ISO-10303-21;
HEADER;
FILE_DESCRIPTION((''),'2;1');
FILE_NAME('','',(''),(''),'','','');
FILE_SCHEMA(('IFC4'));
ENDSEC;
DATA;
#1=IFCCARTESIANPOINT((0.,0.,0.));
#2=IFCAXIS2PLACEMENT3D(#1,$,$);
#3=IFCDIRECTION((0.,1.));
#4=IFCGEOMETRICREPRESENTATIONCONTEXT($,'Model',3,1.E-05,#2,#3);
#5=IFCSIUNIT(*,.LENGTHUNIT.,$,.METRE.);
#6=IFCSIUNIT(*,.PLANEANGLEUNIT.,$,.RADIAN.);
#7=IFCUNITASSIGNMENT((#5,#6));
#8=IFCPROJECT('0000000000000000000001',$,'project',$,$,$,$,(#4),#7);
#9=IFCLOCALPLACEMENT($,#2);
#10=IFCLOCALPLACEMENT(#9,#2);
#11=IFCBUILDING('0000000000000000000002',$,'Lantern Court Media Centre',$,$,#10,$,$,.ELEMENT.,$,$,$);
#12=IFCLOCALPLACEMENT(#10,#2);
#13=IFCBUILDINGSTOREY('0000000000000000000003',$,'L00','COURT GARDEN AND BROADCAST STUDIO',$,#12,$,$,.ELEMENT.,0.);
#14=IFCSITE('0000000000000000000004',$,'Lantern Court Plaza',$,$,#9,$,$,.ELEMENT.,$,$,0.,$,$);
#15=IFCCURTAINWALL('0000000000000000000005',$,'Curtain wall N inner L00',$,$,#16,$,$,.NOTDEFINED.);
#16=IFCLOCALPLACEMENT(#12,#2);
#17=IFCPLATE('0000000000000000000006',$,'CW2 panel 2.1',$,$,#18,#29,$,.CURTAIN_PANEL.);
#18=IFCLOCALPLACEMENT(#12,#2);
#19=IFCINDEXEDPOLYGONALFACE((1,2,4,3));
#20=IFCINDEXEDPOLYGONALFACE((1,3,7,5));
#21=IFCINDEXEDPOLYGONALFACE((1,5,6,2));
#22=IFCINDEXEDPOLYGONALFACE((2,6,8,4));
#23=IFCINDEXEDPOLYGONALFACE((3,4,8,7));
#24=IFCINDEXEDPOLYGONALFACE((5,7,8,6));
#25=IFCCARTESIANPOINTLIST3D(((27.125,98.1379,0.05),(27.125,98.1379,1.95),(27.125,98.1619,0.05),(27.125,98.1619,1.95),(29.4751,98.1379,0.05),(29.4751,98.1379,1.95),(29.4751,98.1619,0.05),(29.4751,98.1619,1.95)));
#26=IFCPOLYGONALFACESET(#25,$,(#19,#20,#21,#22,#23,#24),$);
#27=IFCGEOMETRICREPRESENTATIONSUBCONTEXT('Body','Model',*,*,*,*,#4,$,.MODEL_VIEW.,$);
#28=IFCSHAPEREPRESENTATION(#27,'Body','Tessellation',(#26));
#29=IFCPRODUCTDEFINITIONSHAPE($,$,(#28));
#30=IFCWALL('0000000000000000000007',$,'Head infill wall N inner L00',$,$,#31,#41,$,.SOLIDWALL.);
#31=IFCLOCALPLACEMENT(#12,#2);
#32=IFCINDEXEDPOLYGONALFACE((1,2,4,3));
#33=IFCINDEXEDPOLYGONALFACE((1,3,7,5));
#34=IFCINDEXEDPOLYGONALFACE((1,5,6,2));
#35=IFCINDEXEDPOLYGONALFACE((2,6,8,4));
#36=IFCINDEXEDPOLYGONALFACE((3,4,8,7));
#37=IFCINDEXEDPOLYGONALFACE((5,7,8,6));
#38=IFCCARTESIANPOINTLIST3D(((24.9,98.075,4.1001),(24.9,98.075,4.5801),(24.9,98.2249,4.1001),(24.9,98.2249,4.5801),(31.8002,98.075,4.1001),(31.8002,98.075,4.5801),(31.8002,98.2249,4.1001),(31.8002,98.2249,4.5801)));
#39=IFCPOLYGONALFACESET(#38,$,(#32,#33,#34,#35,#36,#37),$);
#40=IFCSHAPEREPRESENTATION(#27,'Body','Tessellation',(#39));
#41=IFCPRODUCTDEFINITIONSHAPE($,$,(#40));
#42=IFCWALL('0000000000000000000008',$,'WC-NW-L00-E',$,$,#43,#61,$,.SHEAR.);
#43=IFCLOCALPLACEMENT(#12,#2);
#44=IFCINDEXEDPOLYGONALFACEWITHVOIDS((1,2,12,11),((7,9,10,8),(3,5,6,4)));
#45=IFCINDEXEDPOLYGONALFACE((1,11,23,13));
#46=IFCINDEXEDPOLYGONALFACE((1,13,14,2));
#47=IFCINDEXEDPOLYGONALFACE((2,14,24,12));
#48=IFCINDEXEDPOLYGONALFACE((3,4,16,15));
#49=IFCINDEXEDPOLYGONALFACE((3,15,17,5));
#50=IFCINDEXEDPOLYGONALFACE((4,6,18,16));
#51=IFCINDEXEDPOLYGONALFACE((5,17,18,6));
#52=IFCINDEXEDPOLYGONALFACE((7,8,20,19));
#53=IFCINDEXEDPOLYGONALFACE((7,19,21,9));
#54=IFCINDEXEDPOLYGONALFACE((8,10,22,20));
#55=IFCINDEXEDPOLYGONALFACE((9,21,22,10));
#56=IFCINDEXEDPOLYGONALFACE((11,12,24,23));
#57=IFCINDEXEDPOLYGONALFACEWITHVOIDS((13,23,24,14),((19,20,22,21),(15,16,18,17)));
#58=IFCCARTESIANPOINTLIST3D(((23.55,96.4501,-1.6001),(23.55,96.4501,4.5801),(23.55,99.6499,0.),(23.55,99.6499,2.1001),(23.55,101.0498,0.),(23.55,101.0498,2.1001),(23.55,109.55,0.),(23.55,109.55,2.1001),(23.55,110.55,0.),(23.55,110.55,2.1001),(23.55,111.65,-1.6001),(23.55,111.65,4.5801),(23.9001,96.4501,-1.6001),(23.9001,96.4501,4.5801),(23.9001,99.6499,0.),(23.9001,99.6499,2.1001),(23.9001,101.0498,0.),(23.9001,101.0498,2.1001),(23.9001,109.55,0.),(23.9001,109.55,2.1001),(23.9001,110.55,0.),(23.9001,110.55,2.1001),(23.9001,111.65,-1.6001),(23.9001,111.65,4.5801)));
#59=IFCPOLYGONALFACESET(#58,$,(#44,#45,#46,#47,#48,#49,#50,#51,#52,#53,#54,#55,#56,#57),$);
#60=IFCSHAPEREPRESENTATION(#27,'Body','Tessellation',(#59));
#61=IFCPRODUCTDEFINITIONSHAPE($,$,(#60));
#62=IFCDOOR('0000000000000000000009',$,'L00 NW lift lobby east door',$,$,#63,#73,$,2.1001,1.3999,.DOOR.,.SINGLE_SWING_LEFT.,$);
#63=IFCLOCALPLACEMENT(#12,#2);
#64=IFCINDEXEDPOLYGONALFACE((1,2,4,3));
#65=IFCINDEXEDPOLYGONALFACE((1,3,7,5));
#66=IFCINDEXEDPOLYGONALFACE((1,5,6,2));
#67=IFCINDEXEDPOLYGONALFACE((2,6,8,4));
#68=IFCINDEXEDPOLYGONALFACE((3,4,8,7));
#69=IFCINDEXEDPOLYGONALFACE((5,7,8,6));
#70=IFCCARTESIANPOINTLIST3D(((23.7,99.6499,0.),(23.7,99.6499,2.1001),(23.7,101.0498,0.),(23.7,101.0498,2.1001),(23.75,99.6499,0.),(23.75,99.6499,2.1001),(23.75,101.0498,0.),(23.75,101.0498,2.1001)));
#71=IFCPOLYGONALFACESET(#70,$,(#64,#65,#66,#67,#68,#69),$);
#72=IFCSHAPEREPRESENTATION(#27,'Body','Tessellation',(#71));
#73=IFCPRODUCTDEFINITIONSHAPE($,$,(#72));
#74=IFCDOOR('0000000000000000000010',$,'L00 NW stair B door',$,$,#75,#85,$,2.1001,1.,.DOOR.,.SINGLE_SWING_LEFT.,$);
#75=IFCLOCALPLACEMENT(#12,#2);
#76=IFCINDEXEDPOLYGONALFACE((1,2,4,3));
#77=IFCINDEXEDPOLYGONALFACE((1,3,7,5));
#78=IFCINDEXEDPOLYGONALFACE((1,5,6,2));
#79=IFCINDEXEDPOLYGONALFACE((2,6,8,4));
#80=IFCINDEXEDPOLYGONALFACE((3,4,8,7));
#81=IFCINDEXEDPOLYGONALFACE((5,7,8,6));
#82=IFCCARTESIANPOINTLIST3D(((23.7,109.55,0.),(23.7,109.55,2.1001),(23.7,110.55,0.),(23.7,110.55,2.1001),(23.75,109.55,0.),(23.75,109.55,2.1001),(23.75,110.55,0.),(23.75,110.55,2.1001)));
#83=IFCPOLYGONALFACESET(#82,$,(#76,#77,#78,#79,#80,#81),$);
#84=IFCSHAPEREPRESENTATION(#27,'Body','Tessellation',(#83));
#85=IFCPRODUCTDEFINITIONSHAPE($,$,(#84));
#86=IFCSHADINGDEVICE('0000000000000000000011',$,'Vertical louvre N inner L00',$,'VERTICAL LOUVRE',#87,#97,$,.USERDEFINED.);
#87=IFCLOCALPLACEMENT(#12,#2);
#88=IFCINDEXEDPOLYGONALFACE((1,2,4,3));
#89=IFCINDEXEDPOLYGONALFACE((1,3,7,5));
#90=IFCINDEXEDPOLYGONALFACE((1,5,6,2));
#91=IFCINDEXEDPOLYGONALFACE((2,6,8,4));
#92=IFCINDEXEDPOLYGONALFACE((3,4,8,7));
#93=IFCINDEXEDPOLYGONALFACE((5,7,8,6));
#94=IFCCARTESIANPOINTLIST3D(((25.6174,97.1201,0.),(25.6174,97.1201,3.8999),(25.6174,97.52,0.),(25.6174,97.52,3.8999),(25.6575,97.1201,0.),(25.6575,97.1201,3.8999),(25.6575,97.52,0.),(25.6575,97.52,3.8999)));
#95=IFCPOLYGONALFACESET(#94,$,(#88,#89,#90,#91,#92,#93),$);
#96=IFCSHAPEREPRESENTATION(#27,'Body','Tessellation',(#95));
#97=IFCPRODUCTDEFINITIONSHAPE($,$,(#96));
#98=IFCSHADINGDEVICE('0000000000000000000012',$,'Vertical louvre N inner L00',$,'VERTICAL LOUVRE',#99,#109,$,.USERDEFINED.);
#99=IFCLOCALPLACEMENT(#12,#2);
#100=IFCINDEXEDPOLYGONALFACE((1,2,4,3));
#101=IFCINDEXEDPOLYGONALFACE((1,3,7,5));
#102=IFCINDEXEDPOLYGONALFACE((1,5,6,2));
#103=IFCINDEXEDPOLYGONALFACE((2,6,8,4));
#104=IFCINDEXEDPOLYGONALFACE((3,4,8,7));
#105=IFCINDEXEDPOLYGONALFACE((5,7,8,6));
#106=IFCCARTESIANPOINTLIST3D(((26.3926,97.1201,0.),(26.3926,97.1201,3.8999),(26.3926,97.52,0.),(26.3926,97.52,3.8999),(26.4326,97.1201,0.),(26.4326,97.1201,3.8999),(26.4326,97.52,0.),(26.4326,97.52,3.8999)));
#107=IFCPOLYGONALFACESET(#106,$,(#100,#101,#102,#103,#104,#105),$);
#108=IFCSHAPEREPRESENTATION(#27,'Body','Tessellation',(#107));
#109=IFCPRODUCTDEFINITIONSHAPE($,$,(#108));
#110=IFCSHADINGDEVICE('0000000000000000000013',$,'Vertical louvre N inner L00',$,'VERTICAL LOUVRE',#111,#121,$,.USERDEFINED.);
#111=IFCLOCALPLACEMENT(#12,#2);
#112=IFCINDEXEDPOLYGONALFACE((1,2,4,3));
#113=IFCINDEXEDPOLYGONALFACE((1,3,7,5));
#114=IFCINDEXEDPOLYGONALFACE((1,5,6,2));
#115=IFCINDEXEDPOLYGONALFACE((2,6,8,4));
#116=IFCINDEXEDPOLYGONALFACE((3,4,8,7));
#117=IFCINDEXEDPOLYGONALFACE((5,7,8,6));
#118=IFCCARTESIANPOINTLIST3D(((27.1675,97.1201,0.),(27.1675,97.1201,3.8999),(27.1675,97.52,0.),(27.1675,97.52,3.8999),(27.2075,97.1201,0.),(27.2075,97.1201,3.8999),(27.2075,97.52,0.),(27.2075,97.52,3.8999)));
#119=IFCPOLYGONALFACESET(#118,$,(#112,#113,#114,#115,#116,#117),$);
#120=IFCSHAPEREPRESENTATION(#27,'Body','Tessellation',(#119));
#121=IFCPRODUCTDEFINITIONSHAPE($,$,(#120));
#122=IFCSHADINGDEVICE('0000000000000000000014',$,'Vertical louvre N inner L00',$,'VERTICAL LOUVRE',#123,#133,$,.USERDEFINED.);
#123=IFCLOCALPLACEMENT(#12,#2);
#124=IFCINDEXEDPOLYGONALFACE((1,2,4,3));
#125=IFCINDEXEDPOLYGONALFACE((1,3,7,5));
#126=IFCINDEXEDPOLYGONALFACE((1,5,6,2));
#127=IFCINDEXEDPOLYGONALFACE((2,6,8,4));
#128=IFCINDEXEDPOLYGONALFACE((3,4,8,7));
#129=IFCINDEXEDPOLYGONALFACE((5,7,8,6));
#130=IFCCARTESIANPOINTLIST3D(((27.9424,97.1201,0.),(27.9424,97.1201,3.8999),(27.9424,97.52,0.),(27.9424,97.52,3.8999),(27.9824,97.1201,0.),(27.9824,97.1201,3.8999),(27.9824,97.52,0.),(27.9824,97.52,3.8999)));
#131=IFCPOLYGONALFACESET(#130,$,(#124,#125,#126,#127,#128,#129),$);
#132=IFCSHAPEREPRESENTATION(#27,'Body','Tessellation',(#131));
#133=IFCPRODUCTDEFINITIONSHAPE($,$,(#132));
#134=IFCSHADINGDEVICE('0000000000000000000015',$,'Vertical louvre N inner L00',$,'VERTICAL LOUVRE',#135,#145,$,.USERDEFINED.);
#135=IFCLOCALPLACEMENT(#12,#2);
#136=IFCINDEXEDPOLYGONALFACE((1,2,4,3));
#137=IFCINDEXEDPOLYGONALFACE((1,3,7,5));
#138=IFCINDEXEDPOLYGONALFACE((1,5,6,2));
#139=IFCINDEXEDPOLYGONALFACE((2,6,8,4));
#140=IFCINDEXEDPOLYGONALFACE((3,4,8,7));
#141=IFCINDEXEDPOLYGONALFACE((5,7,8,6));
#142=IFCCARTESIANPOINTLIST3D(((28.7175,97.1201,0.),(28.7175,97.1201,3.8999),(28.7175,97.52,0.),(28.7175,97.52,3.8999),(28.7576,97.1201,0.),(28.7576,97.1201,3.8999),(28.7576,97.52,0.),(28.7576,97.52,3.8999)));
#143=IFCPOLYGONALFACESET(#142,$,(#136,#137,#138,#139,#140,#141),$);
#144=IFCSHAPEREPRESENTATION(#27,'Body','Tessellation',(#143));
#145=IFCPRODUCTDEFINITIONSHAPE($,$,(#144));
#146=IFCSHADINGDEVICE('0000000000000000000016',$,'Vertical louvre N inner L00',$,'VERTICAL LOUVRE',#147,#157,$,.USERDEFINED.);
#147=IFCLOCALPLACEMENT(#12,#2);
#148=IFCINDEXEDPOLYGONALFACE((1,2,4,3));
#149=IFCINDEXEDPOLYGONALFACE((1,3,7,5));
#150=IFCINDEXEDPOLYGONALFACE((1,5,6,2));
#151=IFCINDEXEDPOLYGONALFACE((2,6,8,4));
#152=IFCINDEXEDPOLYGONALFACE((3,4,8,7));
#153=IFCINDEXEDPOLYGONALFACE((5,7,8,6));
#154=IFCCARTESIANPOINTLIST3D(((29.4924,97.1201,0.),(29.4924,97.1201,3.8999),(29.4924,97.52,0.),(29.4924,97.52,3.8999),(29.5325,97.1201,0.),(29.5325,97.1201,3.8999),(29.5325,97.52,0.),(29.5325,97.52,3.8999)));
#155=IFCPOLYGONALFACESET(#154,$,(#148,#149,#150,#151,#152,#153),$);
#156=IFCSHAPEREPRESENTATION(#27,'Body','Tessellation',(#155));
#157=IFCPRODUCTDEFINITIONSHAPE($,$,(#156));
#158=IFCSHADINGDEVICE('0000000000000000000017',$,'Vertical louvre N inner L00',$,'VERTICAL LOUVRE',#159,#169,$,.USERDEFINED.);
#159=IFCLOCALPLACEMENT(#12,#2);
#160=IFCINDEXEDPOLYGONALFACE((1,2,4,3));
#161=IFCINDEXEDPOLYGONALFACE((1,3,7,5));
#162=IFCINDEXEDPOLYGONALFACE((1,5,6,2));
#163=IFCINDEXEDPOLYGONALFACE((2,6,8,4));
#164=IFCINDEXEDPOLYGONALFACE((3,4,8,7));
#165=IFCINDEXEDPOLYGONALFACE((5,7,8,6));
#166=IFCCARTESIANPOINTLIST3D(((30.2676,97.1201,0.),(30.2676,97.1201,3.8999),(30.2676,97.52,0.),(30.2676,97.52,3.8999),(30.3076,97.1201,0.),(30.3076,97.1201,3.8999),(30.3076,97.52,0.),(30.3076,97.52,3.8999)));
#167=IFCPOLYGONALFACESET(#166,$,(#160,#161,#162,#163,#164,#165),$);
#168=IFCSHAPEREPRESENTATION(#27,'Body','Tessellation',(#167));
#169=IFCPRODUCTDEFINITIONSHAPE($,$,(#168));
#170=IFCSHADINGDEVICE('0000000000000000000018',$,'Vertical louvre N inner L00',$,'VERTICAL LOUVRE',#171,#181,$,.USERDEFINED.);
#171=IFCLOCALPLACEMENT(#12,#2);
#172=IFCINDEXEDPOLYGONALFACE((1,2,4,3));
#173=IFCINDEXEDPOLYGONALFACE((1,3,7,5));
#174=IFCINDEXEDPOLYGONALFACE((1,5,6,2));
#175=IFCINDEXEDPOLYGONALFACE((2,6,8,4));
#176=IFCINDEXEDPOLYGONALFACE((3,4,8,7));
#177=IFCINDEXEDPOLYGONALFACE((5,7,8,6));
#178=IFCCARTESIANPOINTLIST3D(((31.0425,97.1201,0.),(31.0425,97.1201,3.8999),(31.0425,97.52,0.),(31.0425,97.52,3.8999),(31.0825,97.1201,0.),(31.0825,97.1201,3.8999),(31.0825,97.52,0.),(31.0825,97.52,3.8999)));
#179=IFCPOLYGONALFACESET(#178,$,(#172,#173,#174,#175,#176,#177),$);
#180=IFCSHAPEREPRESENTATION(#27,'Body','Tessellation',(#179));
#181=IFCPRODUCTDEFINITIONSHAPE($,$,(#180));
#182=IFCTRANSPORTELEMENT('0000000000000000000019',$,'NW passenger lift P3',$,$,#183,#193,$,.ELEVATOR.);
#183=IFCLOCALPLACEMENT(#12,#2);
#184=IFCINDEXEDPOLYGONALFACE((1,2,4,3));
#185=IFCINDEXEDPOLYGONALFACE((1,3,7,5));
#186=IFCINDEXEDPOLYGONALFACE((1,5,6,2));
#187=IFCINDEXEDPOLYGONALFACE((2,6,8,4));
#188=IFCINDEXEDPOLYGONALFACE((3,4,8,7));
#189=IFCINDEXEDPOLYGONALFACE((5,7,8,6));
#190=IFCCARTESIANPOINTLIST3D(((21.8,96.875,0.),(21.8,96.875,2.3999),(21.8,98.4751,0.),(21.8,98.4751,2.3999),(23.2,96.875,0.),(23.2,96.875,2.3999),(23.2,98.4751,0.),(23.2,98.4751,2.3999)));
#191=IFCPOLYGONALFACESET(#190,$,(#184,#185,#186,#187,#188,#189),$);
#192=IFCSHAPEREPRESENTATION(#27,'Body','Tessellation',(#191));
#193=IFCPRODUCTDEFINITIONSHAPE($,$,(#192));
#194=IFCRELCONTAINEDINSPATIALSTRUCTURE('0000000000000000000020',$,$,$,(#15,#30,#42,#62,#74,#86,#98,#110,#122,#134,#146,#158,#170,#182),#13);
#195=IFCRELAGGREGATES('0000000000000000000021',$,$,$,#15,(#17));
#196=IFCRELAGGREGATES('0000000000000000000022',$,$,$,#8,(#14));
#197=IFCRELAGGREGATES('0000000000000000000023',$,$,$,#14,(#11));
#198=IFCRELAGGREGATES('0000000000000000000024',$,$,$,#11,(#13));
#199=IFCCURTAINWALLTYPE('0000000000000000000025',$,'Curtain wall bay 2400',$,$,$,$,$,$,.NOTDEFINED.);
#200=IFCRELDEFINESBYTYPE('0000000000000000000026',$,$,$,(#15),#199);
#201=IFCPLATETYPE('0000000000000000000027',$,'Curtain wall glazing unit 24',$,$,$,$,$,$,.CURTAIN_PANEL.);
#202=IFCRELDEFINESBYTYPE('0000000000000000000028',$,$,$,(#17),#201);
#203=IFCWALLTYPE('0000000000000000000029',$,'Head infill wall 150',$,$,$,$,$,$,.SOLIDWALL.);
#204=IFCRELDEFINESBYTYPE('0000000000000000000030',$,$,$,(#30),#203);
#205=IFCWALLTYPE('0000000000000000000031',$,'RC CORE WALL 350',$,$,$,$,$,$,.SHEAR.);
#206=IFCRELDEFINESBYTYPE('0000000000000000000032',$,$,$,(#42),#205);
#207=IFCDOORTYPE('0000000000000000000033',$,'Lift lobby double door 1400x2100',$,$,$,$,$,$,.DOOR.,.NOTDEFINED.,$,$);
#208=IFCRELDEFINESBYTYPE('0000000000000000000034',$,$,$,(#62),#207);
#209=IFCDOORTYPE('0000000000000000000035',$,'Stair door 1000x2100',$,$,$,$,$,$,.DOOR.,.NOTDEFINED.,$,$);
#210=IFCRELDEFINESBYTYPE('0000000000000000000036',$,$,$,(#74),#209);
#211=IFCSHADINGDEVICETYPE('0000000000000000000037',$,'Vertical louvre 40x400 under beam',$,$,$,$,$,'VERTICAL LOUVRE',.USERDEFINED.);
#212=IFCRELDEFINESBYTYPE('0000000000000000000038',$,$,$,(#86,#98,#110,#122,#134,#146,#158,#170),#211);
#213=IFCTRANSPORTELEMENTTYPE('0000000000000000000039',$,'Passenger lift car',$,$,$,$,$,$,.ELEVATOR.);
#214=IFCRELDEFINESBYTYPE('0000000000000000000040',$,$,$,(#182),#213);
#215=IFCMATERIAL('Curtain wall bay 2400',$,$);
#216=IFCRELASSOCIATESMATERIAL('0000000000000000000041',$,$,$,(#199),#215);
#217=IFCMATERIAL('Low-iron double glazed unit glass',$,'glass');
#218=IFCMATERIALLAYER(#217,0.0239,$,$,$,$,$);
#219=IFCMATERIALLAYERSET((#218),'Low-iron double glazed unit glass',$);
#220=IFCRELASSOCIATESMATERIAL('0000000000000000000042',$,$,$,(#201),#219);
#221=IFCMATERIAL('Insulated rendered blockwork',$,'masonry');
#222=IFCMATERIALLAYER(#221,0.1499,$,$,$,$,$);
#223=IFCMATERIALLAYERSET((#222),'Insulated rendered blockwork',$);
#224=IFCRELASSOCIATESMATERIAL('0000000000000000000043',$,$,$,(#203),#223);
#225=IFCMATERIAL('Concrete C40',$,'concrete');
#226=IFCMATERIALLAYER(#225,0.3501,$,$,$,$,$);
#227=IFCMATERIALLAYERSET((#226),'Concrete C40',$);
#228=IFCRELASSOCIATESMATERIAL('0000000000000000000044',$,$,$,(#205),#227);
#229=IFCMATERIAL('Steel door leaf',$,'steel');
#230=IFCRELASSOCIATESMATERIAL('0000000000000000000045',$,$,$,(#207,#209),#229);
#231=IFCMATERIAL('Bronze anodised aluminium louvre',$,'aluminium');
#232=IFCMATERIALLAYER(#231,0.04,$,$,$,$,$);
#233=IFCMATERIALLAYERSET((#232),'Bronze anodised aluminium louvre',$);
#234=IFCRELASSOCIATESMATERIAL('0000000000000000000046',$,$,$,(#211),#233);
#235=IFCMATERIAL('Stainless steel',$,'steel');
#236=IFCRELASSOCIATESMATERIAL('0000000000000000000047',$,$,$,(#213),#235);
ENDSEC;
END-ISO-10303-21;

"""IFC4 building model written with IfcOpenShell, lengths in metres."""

from ifc_helpers import new_model, si_unit, direction, frame, frame_2d, origin, origin_2d, place, context, subcontext, project, spatial, rectangle, extrude, material, layer, layer_set, type_object, element, fill, aggregate, save


model = new_model("IFC4")

# Units and contexts
model_context = context("Model", 3, precision=1e-05, world=origin(), true_north=direction((0.0, 1.0)))
body_context = subcontext(model_context, "Body", "Model", "MODEL_VIEW")
ifc_project = project(units=[si_unit("LENGTHUNIT", "METRE"), si_unit("PLANEANGLEUNIT", "RADIAN")], contexts=[model_context])

# Site, building, storey
site_placement = place(None, origin())
site = spatial("IfcSite", under=ifc_project, at=site_placement, Name="Lantern Court Plaza", CompositionType="ELEMENT", RefElevation=0.0)
building_placement = place(site_placement, origin())
building = spatial("IfcBuilding", under=site, at=building_placement, Name="Lantern Court Media Centre", CompositionType="ELEMENT")
storey_placement = place(building_placement, origin())
storey = spatial("IfcBuildingStorey", under=building, at=storey_placement, Name="L00", Description="COURT GARDEN AND BROADCAST STUDIO", CompositionType="ELEMENT", Elevation=0.0)

# Curtain wall
ifc_material_1 = material(Name="Curtain wall bay 2400")
curtain_wall_type = type_object("IfcCurtainWallType", Name="Curtain wall bay 2400", PredefinedType="NOTDEFINED", material=ifc_material_1)
curtain_wall_placement = place(storey_placement, origin())
curtain_wall = element("IfcCurtainWall", 1, at=curtain_wall_placement, inside=storey, type_object=curtain_wall_type, Name="Curtain wall N inner L00", PredefinedType="NOTDEFINED")

# Plate
ifc_material_2 = material(Name="Low-iron double glazed unit glass", Category="glass")
ifc_layer_1 = layer(ifc_material_2, 0.0239)
ifc_layer_set_1 = layer_set([ifc_layer_1], Name="Low-iron double glazed unit glass")
plate_type = type_object("IfcPlateType", Name="Curtain wall glazing unit 24", PredefinedType="CURTAIN_PANEL", material=ifc_layer_set_1)
plate_1_placement = place(storey_placement, frame((28.3, 98.1499, 0.05), z_axis=(0.0, 0.0, 1.0), x_axis=(1.0, 0.0, 0.0)))
plate_1 = element("IfcPlate", 2, at=plate_1_placement, type_object=plate_type, Name="CW2 panel 2.1", PredefinedType="CURTAIN_PANEL", context=body_context, shape_type="SweptSolid", body=[
    extrude(rectangle(XDim=2.3501, YDim=0.0239, at=origin_2d()), origin(), (0.0, 0.0, 1.0), 1.8999),
])
aggregate(curtain_wall, [plate_1])

# Wall
ifc_material_3 = material(Name="Insulated rendered blockwork", Category="masonry")
ifc_layer_2 = layer(ifc_material_3, 0.1499)
ifc_layer_set_2 = layer_set([ifc_layer_2], Name="Insulated rendered blockwork")
wall_type_1 = type_object("IfcWallType", Name="Head infill wall 150", PredefinedType="SOLIDWALL", material=ifc_layer_set_2)
wall_1_placement = place(storey_placement, frame((24.8999, 98.1499, 4.1001), z_axis=(0.0, 0.0, 1.0), x_axis=(1.0, 0.0, 0.0)))
element("IfcWall", 3, at=wall_1_placement, inside=storey, type_object=wall_type_1, Name="Head infill wall N inner L00", PredefinedType="SOLIDWALL", context=body_context, shape_type="SweptSolid", body=[
    extrude(rectangle(XDim=6.9001, YDim=0.1499, at=frame_2d((3.4502, 0.0))), origin(), (0.0, 0.0, 1.0), 0.48),
])

# Wall, openings, doors
ifc_material_4 = material(Name="Concrete C40", Category="concrete")
ifc_layer_3 = layer(ifc_material_4, 0.3501)
ifc_layer_set_3 = layer_set([ifc_layer_3], Name="Concrete C40")
wall_type_2 = type_object("IfcWallType", Name="RC CORE WALL 350", PredefinedType="SHEAR", material=ifc_layer_set_3)
wall_2_placement = place(storey_placement, frame((23.7251, 96.45, -1.6001), z_axis=(0.0, 0.0, 1.0), x_axis=(0.0, 1.0, 0.0)))
wall_2 = element("IfcWall", 4, at=wall_2_placement, inside=storey, type_object=wall_type_2, Name="WC-NW-L00-E", PredefinedType="SHEAR", context=body_context, shape_type="SweptSolid", body=[
    extrude(rectangle(XDim=15.2, YDim=0.3501, at=frame_2d((7.6001, 0.0))), origin(), (0.0, 0.0, 1.0), 6.1802),
])
opening_1_placement = place(wall_2_placement, frame((13.1001, 0.0, 1.6001)))
opening_1 = element("IfcOpeningElement", 5, at=opening_1_placement, cuts=wall_2, PredefinedType="OPENING", context=body_context, shape_type="SweptSolid", body=[
    extrude(rectangle(XDim=1.0, YDim=2.1001, at=frame_2d((0.5, 1.05))), frame((0.0, 0.1851, 0.0), z_axis=(0.0, -1.0, 0.0), x_axis=(1.0, 0.0, 0.0)), (0.0, 0.0, 1.0), 0.3701),
])
opening_2_placement = place(wall_2_placement, frame((3.2, 0.0, 1.6001)))
opening_2 = element("IfcOpeningElement", 6, at=opening_2_placement, cuts=wall_2, PredefinedType="OPENING", context=body_context, shape_type="SweptSolid", body=[
    extrude(rectangle(XDim=1.3999, YDim=2.1001, at=frame_2d((0.7, 1.05))), frame((0.0, 0.1851, 0.0), z_axis=(0.0, -1.0, 0.0), x_axis=(1.0, 0.0, 0.0)), (0.0, 0.0, 1.0), 0.3701),
])
ifc_material_5 = material(Name="Steel door leaf", Category="steel")
door_type_1 = type_object("IfcDoorType", Name="Lift lobby double door 1400x2100", OperationType="NOTDEFINED", PredefinedType="DOOR", material=ifc_material_5)
door_1_placement = place(opening_2_placement, frame((1.3999, 0.0, 0.0), z_axis=(0.0, 0.0, 1.0), x_axis=(-1.0, 0.0, 0.0)))
door_1 = element("IfcDoor", 7, at=door_1_placement, inside=storey, type_object=door_type_1, Name="L00 NW lift lobby east door", OperationType="SINGLE_SWING_LEFT", OverallHeight=2.1001, OverallWidth=1.3999, PredefinedType="DOOR", context=body_context, shape_type="SweptSolid", body=[
    extrude(rectangle(XDim=1.3999, YDim=2.1001, at=frame_2d((0.7, 1.05))), frame((0.0, 0.0249, 0.0), z_axis=(0.0, -1.0, 0.0), x_axis=(1.0, 0.0, 0.0)), (0.0, 0.0, 1.0), 0.05),
])
fill(opening_2, door_1)
door_type_2 = type_object("IfcDoorType", Name="Stair door 1000x2100", OperationType="NOTDEFINED", PredefinedType="DOOR", material=ifc_material_5)
door_2_placement = place(opening_1_placement, frame((1.0, 0.0, 0.0), z_axis=(0.0, 0.0, 1.0), x_axis=(-1.0, 0.0, 0.0)))
door_2 = element("IfcDoor", 8, at=door_2_placement, inside=storey, type_object=door_type_2, Name="L00 NW stair B door", OperationType="SINGLE_SWING_LEFT", OverallHeight=2.1001, OverallWidth=1.0, PredefinedType="DOOR", context=body_context, shape_type="SweptSolid", body=[
    extrude(rectangle(XDim=1.0, YDim=2.1001, at=frame_2d((0.5, 1.05))), frame((0.0, 0.0249, 0.0), z_axis=(0.0, -1.0, 0.0), x_axis=(1.0, 0.0, 0.0)), (0.0, 0.0, 1.0), 0.05),
])
fill(opening_1, door_2)

# Shading devices
ifc_material_6 = material(Name="Bronze anodised aluminium louvre", Category="aluminium")
ifc_layer_4 = layer(ifc_material_6, 0.04)
ifc_layer_set_4 = layer_set([ifc_layer_4], Name="Bronze anodised aluminium louvre")
shading_device_type = type_object("IfcShadingDeviceType", Name="Vertical louvre 40x400 under beam", ElementType="VERTICAL LOUVRE", PredefinedType="USERDEFINED", material=ifc_layer_set_4)
for number, where, z_axis, x_axis, name in (
    (9, (25.6375, 97.3201, 0.0), (0.0, 0.0, 1.0), (1.0, 0.0, 0.0), "Vertical louvre N inner L00"),
    (10, (26.4126, 97.3201, 0.0), (0.0, 0.0, 1.0), (1.0, 0.0, 0.0), "Vertical louvre N inner L00"),
    (11, (27.1875, 97.3201, 0.0), (0.0, 0.0, 1.0), (1.0, 0.0, 0.0), "Vertical louvre N inner L00"),
    (12, (27.9624, 97.3201, 0.0), (0.0, 0.0, 1.0), (1.0, 0.0, 0.0), "Vertical louvre N inner L00"),
    (13, (28.7375, 97.3201, 0.0), (0.0, 0.0, 1.0), (1.0, 0.0, 0.0), "Vertical louvre N inner L00"),
    (14, (29.5125, 97.3201, 0.0), (0.0, 0.0, 1.0), (1.0, 0.0, 0.0), "Vertical louvre N inner L00"),
    (15, (30.2876, 97.3201, 0.0), (0.0, 0.0, 1.0), (1.0, 0.0, 0.0), "Vertical louvre N inner L00"),
    (16, (31.0625, 97.3201, 0.0), (0.0, 0.0, 1.0), (1.0, 0.0, 0.0), "Vertical louvre N inner L00"),
):
    element("IfcShadingDevice", number, at=place(storey_placement, frame(where, z_axis=z_axis, x_axis=x_axis)), inside=storey, type_object=shading_device_type, Name=name, ObjectType="VERTICAL LOUVRE", PredefinedType="USERDEFINED", context=body_context, shape_type="SweptSolid", body=[
        extrude(rectangle(XDim=0.04, YDim=0.3999, at=origin_2d()), origin(), (0.0, 0.0, 1.0), 3.8999),
    ])

# Transport element
ifc_material_7 = material(Name="Stainless steel", Category="steel")
transport_element_type = type_object("IfcTransportElementType", Name="Passenger lift car", PredefinedType="ELEVATOR", material=ifc_material_7)
transport_element_placement = place(storey_placement, frame((22.5, 97.675, 0.0), z_axis=(0.0, 0.0, 1.0), x_axis=(1.0, 0.0, 0.0)))
element("IfcTransportElement", 17, at=transport_element_placement, inside=storey, type_object=transport_element_type, Name="NW passenger lift P3", PredefinedType="ELEVATOR", context=body_context, shape_type="SweptSolid", body=[
    extrude(rectangle(XDim=1.3999, YDim=1.6001, at=origin_2d()), origin(), (0.0, 0.0, 1.0), 2.3999),
])

save(model, "model.ifc")
